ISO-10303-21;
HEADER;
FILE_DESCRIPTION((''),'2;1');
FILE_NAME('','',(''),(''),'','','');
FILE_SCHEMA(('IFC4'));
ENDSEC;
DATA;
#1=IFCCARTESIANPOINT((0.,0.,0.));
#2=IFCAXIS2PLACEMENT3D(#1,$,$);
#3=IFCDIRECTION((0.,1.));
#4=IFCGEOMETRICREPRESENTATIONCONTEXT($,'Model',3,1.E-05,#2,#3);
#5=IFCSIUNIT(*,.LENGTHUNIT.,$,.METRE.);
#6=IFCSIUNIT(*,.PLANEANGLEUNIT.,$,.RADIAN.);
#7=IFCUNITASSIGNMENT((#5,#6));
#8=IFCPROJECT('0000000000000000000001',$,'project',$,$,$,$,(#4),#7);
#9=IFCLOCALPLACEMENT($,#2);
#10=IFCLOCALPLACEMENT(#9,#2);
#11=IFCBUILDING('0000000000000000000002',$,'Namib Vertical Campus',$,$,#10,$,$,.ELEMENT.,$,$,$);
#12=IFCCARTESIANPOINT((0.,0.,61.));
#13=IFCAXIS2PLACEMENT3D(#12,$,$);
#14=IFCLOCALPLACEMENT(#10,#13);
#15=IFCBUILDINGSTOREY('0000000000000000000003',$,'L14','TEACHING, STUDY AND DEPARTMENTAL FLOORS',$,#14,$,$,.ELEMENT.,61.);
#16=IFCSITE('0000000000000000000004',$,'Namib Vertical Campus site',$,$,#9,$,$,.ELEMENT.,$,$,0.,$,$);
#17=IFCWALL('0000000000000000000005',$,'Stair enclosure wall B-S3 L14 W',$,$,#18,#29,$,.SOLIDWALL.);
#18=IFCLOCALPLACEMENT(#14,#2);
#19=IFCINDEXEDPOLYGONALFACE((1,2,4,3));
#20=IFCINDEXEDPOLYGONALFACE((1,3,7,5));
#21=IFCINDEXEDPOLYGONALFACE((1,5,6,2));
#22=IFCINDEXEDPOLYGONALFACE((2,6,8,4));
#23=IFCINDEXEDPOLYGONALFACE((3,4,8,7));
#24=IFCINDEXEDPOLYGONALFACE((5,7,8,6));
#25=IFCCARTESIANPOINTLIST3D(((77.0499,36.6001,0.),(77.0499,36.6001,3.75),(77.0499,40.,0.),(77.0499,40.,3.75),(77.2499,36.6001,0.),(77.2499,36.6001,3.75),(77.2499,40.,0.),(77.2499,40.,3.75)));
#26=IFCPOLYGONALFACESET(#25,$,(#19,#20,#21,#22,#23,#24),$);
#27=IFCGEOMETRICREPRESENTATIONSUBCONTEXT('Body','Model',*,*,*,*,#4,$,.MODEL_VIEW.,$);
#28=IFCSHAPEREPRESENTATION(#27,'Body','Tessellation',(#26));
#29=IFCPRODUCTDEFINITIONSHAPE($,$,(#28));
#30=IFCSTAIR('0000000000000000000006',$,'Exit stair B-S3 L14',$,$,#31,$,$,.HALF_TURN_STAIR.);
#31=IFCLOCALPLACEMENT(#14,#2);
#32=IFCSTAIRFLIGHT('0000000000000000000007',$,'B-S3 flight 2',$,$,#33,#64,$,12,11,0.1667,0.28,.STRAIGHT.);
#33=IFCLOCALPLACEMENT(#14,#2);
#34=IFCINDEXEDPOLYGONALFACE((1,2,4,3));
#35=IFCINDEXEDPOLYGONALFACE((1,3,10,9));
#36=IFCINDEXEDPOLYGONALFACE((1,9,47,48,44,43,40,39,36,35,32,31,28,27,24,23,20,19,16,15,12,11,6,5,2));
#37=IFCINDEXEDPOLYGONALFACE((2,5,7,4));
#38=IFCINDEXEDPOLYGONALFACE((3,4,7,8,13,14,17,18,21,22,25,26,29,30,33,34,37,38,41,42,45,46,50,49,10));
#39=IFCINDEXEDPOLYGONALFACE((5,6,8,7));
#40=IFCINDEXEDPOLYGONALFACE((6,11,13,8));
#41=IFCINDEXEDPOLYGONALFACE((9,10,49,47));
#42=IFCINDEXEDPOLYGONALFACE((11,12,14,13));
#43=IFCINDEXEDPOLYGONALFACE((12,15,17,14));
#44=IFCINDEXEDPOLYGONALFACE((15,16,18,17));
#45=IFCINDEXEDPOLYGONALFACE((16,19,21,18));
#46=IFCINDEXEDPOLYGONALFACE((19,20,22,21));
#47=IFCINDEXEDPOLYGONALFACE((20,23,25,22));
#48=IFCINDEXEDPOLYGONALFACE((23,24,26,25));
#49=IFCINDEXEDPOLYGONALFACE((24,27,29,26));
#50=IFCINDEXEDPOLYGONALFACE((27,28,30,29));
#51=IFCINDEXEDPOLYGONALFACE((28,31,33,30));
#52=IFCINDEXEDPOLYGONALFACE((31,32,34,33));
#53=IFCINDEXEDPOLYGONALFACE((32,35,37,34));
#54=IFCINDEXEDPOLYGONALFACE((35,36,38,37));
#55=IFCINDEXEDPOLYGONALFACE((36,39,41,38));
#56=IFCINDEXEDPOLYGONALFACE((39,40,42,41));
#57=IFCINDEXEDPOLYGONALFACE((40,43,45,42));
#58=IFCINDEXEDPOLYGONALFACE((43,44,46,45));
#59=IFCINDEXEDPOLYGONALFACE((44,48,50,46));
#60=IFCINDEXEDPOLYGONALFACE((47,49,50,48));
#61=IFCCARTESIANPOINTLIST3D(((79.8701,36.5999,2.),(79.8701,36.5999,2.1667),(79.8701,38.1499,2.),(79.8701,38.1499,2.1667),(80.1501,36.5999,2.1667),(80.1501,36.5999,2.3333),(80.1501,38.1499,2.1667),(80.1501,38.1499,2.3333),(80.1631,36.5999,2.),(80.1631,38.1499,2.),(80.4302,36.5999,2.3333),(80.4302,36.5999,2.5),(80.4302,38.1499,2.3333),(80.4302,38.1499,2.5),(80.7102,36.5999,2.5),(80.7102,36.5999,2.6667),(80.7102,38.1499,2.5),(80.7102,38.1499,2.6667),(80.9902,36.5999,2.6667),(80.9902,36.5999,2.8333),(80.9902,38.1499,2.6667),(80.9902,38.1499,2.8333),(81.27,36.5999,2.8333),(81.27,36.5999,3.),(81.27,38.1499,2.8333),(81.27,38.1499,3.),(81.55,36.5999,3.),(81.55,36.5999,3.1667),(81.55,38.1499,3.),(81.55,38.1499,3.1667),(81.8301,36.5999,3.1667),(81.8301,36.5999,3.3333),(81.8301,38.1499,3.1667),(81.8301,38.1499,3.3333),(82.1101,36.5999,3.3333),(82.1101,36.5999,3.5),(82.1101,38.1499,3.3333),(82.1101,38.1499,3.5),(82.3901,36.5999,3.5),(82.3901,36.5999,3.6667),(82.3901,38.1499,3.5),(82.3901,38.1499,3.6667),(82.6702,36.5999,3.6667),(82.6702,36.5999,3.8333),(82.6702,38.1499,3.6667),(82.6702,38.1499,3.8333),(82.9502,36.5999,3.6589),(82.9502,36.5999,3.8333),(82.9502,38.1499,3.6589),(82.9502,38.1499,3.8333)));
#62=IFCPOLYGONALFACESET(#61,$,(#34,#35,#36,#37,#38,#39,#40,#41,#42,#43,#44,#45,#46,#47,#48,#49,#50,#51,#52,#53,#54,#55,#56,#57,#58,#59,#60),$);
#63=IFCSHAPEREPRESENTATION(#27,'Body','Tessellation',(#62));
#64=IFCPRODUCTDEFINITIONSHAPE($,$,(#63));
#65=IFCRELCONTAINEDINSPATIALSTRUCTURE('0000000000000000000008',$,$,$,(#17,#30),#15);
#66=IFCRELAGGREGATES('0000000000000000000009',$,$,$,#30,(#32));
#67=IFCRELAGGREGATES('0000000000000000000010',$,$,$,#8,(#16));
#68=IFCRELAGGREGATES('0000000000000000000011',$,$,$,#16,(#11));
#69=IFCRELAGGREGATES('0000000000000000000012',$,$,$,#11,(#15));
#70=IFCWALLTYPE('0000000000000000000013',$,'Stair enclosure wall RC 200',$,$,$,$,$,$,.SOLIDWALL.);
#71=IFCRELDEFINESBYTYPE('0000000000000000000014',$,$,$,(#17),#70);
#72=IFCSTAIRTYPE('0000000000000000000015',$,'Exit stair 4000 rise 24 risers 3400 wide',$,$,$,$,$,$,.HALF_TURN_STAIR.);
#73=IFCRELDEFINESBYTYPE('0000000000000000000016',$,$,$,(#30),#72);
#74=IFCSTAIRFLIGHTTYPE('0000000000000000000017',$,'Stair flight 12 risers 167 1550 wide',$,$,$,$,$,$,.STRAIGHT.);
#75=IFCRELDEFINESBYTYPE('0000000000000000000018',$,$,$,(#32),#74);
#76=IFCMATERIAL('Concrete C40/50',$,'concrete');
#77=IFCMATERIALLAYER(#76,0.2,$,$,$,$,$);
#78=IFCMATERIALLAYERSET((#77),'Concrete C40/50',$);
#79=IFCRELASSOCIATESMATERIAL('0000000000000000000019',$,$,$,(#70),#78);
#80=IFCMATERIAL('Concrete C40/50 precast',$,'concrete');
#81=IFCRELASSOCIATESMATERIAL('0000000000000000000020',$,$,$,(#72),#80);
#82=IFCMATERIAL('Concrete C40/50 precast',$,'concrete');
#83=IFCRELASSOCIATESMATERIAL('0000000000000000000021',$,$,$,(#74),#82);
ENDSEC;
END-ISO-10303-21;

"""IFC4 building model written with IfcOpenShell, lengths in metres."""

from ifc_helpers import new_model, si_unit, direction, frame, frame_2d, origin, place, context, subcontext, project, spatial, polyline, rectangle, outline, extrude, material, layer, layer_set, type_object, element, aggregate, save


model = new_model("IFC4")

# Units and contexts
model_context = context("Model", 3, precision=1e-05, world=origin(), true_north=direction((0.0, 1.0)))
body_context = subcontext(model_context, "Body", "Model", "MODEL_VIEW")
ifc_project = project(units=[si_unit("LENGTHUNIT", "METRE"), si_unit("PLANEANGLEUNIT", "RADIAN")], contexts=[model_context])

# Site, building, storey
site_placement = place(None, origin())
site = spatial("IfcSite", under=ifc_project, at=site_placement, Name="Namib Vertical Campus site", CompositionType="ELEMENT", RefElevation=0.0)
building_placement = place(site_placement, origin())
building = spatial("IfcBuilding", under=site, at=building_placement, Name="Namib Vertical Campus", CompositionType="ELEMENT")
storey_placement = place(building_placement, frame((0.0, 0.0, 61.0)))
storey = spatial("IfcBuildingStorey", under=building, at=storey_placement, Name="L14", Description="TEACHING, STUDY AND DEPARTMENTAL FLOORS", CompositionType="ELEMENT", Elevation=61.0)

# Shared definitions
ifc_material_1 = material(Name="Concrete C40/50", Category="concrete")
ifc_layer_1 = layer(ifc_material_1, 0.2)
ifc_layer_set_1 = layer_set([ifc_layer_1], Name="Concrete C40/50")
wall_type_1 = type_object("IfcWallType", Name="Stair enclosure wall RC 200", PredefinedType="SOLIDWALL", material=ifc_layer_set_1)

# Wall
wall_1_placement = place(storey_placement, frame((77.1499, 36.6001, 0.0), z_axis=(0.0, 0.0, 1.0), x_axis=(0.0, 1.0, 0.0)))
element("IfcWall", 1, at=wall_1_placement, inside=storey, type_object=wall_type_1, Name="Stair enclosure wall B-S3 L14 W", PredefinedType="SOLIDWALL", context=body_context, shape_type="SweptSolid", body=[
    extrude(rectangle(XDim=3.3999, YDim=0.2, at=frame_2d((1.7, 0.0))), origin(), (0.0, 0.0, 1.0), 3.75),
])

# Stair, stair flight
ifc_material_2 = material(Name="Concrete C40/50 precast", Category="concrete")
stair_type = type_object("IfcStairType", Name="Exit stair 4000 rise 24 risers 3400 wide", PredefinedType="HALF_TURN_STAIR", material=ifc_material_2)
stair_placement = place(storey_placement, origin())
stair = element("IfcStair", 2, at=stair_placement, inside=storey, type_object=stair_type, Name="Exit stair B-S3 L14", PredefinedType="HALF_TURN_STAIR")
ifc_material_3 = material(Name="Concrete C40/50 precast", Category="concrete")
stair_flight_type = type_object("IfcStairFlightType", Name="Stair flight 12 risers 167 1550 wide", PredefinedType="STRAIGHT", material=ifc_material_3)
stair_flight_placement = place(storey_placement, frame((79.8701, 37.375, 2.0), z_axis=(0.0, 0.0, 1.0), x_axis=(1.0, 0.0, 0.0)))
stair_flight = element("IfcStairFlight", 3, at=stair_flight_placement, type_object=stair_flight_type, Name="B-S3 flight 2", NumberOfRisers=12, NumberOfTreads=11, PredefinedType="STRAIGHT", RiserHeight=0.1667, TreadLength=0.28, context=body_context, shape_type="SweptSolid", body=[
    extrude(outline(polyline([(0.0, 0.0), (0.0, 0.1667), (0.28, 0.1667), (0.28, 0.3333), (0.5601, 0.3333), (0.5601, 0.5), (0.8401, 0.5), (0.8401, 0.6667), (1.1201, 0.6667), (1.1201, 0.8333), (1.3999, 0.8333), (1.3999, 1.0), (1.6799, 1.0), (1.6799, 1.1667), (1.96, 1.1667), (1.96, 1.3333), (2.24, 1.3333), (2.24, 1.5), (2.52, 1.5), (2.52, 1.6667), (2.8, 1.6667), (2.8, 1.8333), (3.0801, 1.8333), (3.0801, 2.0), (3.0801, 1.6589), (0.293, 0.0), (0.0, 0.0)])), frame((0.0, 0.7749, 0.0), z_axis=(0.0, -1.0, 0.0), x_axis=(1.0, 0.0, 0.0)), (0.0, 0.0, 1.0), 1.55),
])
aggregate(stair, [stair_flight])

save(model, "model.ifc")
